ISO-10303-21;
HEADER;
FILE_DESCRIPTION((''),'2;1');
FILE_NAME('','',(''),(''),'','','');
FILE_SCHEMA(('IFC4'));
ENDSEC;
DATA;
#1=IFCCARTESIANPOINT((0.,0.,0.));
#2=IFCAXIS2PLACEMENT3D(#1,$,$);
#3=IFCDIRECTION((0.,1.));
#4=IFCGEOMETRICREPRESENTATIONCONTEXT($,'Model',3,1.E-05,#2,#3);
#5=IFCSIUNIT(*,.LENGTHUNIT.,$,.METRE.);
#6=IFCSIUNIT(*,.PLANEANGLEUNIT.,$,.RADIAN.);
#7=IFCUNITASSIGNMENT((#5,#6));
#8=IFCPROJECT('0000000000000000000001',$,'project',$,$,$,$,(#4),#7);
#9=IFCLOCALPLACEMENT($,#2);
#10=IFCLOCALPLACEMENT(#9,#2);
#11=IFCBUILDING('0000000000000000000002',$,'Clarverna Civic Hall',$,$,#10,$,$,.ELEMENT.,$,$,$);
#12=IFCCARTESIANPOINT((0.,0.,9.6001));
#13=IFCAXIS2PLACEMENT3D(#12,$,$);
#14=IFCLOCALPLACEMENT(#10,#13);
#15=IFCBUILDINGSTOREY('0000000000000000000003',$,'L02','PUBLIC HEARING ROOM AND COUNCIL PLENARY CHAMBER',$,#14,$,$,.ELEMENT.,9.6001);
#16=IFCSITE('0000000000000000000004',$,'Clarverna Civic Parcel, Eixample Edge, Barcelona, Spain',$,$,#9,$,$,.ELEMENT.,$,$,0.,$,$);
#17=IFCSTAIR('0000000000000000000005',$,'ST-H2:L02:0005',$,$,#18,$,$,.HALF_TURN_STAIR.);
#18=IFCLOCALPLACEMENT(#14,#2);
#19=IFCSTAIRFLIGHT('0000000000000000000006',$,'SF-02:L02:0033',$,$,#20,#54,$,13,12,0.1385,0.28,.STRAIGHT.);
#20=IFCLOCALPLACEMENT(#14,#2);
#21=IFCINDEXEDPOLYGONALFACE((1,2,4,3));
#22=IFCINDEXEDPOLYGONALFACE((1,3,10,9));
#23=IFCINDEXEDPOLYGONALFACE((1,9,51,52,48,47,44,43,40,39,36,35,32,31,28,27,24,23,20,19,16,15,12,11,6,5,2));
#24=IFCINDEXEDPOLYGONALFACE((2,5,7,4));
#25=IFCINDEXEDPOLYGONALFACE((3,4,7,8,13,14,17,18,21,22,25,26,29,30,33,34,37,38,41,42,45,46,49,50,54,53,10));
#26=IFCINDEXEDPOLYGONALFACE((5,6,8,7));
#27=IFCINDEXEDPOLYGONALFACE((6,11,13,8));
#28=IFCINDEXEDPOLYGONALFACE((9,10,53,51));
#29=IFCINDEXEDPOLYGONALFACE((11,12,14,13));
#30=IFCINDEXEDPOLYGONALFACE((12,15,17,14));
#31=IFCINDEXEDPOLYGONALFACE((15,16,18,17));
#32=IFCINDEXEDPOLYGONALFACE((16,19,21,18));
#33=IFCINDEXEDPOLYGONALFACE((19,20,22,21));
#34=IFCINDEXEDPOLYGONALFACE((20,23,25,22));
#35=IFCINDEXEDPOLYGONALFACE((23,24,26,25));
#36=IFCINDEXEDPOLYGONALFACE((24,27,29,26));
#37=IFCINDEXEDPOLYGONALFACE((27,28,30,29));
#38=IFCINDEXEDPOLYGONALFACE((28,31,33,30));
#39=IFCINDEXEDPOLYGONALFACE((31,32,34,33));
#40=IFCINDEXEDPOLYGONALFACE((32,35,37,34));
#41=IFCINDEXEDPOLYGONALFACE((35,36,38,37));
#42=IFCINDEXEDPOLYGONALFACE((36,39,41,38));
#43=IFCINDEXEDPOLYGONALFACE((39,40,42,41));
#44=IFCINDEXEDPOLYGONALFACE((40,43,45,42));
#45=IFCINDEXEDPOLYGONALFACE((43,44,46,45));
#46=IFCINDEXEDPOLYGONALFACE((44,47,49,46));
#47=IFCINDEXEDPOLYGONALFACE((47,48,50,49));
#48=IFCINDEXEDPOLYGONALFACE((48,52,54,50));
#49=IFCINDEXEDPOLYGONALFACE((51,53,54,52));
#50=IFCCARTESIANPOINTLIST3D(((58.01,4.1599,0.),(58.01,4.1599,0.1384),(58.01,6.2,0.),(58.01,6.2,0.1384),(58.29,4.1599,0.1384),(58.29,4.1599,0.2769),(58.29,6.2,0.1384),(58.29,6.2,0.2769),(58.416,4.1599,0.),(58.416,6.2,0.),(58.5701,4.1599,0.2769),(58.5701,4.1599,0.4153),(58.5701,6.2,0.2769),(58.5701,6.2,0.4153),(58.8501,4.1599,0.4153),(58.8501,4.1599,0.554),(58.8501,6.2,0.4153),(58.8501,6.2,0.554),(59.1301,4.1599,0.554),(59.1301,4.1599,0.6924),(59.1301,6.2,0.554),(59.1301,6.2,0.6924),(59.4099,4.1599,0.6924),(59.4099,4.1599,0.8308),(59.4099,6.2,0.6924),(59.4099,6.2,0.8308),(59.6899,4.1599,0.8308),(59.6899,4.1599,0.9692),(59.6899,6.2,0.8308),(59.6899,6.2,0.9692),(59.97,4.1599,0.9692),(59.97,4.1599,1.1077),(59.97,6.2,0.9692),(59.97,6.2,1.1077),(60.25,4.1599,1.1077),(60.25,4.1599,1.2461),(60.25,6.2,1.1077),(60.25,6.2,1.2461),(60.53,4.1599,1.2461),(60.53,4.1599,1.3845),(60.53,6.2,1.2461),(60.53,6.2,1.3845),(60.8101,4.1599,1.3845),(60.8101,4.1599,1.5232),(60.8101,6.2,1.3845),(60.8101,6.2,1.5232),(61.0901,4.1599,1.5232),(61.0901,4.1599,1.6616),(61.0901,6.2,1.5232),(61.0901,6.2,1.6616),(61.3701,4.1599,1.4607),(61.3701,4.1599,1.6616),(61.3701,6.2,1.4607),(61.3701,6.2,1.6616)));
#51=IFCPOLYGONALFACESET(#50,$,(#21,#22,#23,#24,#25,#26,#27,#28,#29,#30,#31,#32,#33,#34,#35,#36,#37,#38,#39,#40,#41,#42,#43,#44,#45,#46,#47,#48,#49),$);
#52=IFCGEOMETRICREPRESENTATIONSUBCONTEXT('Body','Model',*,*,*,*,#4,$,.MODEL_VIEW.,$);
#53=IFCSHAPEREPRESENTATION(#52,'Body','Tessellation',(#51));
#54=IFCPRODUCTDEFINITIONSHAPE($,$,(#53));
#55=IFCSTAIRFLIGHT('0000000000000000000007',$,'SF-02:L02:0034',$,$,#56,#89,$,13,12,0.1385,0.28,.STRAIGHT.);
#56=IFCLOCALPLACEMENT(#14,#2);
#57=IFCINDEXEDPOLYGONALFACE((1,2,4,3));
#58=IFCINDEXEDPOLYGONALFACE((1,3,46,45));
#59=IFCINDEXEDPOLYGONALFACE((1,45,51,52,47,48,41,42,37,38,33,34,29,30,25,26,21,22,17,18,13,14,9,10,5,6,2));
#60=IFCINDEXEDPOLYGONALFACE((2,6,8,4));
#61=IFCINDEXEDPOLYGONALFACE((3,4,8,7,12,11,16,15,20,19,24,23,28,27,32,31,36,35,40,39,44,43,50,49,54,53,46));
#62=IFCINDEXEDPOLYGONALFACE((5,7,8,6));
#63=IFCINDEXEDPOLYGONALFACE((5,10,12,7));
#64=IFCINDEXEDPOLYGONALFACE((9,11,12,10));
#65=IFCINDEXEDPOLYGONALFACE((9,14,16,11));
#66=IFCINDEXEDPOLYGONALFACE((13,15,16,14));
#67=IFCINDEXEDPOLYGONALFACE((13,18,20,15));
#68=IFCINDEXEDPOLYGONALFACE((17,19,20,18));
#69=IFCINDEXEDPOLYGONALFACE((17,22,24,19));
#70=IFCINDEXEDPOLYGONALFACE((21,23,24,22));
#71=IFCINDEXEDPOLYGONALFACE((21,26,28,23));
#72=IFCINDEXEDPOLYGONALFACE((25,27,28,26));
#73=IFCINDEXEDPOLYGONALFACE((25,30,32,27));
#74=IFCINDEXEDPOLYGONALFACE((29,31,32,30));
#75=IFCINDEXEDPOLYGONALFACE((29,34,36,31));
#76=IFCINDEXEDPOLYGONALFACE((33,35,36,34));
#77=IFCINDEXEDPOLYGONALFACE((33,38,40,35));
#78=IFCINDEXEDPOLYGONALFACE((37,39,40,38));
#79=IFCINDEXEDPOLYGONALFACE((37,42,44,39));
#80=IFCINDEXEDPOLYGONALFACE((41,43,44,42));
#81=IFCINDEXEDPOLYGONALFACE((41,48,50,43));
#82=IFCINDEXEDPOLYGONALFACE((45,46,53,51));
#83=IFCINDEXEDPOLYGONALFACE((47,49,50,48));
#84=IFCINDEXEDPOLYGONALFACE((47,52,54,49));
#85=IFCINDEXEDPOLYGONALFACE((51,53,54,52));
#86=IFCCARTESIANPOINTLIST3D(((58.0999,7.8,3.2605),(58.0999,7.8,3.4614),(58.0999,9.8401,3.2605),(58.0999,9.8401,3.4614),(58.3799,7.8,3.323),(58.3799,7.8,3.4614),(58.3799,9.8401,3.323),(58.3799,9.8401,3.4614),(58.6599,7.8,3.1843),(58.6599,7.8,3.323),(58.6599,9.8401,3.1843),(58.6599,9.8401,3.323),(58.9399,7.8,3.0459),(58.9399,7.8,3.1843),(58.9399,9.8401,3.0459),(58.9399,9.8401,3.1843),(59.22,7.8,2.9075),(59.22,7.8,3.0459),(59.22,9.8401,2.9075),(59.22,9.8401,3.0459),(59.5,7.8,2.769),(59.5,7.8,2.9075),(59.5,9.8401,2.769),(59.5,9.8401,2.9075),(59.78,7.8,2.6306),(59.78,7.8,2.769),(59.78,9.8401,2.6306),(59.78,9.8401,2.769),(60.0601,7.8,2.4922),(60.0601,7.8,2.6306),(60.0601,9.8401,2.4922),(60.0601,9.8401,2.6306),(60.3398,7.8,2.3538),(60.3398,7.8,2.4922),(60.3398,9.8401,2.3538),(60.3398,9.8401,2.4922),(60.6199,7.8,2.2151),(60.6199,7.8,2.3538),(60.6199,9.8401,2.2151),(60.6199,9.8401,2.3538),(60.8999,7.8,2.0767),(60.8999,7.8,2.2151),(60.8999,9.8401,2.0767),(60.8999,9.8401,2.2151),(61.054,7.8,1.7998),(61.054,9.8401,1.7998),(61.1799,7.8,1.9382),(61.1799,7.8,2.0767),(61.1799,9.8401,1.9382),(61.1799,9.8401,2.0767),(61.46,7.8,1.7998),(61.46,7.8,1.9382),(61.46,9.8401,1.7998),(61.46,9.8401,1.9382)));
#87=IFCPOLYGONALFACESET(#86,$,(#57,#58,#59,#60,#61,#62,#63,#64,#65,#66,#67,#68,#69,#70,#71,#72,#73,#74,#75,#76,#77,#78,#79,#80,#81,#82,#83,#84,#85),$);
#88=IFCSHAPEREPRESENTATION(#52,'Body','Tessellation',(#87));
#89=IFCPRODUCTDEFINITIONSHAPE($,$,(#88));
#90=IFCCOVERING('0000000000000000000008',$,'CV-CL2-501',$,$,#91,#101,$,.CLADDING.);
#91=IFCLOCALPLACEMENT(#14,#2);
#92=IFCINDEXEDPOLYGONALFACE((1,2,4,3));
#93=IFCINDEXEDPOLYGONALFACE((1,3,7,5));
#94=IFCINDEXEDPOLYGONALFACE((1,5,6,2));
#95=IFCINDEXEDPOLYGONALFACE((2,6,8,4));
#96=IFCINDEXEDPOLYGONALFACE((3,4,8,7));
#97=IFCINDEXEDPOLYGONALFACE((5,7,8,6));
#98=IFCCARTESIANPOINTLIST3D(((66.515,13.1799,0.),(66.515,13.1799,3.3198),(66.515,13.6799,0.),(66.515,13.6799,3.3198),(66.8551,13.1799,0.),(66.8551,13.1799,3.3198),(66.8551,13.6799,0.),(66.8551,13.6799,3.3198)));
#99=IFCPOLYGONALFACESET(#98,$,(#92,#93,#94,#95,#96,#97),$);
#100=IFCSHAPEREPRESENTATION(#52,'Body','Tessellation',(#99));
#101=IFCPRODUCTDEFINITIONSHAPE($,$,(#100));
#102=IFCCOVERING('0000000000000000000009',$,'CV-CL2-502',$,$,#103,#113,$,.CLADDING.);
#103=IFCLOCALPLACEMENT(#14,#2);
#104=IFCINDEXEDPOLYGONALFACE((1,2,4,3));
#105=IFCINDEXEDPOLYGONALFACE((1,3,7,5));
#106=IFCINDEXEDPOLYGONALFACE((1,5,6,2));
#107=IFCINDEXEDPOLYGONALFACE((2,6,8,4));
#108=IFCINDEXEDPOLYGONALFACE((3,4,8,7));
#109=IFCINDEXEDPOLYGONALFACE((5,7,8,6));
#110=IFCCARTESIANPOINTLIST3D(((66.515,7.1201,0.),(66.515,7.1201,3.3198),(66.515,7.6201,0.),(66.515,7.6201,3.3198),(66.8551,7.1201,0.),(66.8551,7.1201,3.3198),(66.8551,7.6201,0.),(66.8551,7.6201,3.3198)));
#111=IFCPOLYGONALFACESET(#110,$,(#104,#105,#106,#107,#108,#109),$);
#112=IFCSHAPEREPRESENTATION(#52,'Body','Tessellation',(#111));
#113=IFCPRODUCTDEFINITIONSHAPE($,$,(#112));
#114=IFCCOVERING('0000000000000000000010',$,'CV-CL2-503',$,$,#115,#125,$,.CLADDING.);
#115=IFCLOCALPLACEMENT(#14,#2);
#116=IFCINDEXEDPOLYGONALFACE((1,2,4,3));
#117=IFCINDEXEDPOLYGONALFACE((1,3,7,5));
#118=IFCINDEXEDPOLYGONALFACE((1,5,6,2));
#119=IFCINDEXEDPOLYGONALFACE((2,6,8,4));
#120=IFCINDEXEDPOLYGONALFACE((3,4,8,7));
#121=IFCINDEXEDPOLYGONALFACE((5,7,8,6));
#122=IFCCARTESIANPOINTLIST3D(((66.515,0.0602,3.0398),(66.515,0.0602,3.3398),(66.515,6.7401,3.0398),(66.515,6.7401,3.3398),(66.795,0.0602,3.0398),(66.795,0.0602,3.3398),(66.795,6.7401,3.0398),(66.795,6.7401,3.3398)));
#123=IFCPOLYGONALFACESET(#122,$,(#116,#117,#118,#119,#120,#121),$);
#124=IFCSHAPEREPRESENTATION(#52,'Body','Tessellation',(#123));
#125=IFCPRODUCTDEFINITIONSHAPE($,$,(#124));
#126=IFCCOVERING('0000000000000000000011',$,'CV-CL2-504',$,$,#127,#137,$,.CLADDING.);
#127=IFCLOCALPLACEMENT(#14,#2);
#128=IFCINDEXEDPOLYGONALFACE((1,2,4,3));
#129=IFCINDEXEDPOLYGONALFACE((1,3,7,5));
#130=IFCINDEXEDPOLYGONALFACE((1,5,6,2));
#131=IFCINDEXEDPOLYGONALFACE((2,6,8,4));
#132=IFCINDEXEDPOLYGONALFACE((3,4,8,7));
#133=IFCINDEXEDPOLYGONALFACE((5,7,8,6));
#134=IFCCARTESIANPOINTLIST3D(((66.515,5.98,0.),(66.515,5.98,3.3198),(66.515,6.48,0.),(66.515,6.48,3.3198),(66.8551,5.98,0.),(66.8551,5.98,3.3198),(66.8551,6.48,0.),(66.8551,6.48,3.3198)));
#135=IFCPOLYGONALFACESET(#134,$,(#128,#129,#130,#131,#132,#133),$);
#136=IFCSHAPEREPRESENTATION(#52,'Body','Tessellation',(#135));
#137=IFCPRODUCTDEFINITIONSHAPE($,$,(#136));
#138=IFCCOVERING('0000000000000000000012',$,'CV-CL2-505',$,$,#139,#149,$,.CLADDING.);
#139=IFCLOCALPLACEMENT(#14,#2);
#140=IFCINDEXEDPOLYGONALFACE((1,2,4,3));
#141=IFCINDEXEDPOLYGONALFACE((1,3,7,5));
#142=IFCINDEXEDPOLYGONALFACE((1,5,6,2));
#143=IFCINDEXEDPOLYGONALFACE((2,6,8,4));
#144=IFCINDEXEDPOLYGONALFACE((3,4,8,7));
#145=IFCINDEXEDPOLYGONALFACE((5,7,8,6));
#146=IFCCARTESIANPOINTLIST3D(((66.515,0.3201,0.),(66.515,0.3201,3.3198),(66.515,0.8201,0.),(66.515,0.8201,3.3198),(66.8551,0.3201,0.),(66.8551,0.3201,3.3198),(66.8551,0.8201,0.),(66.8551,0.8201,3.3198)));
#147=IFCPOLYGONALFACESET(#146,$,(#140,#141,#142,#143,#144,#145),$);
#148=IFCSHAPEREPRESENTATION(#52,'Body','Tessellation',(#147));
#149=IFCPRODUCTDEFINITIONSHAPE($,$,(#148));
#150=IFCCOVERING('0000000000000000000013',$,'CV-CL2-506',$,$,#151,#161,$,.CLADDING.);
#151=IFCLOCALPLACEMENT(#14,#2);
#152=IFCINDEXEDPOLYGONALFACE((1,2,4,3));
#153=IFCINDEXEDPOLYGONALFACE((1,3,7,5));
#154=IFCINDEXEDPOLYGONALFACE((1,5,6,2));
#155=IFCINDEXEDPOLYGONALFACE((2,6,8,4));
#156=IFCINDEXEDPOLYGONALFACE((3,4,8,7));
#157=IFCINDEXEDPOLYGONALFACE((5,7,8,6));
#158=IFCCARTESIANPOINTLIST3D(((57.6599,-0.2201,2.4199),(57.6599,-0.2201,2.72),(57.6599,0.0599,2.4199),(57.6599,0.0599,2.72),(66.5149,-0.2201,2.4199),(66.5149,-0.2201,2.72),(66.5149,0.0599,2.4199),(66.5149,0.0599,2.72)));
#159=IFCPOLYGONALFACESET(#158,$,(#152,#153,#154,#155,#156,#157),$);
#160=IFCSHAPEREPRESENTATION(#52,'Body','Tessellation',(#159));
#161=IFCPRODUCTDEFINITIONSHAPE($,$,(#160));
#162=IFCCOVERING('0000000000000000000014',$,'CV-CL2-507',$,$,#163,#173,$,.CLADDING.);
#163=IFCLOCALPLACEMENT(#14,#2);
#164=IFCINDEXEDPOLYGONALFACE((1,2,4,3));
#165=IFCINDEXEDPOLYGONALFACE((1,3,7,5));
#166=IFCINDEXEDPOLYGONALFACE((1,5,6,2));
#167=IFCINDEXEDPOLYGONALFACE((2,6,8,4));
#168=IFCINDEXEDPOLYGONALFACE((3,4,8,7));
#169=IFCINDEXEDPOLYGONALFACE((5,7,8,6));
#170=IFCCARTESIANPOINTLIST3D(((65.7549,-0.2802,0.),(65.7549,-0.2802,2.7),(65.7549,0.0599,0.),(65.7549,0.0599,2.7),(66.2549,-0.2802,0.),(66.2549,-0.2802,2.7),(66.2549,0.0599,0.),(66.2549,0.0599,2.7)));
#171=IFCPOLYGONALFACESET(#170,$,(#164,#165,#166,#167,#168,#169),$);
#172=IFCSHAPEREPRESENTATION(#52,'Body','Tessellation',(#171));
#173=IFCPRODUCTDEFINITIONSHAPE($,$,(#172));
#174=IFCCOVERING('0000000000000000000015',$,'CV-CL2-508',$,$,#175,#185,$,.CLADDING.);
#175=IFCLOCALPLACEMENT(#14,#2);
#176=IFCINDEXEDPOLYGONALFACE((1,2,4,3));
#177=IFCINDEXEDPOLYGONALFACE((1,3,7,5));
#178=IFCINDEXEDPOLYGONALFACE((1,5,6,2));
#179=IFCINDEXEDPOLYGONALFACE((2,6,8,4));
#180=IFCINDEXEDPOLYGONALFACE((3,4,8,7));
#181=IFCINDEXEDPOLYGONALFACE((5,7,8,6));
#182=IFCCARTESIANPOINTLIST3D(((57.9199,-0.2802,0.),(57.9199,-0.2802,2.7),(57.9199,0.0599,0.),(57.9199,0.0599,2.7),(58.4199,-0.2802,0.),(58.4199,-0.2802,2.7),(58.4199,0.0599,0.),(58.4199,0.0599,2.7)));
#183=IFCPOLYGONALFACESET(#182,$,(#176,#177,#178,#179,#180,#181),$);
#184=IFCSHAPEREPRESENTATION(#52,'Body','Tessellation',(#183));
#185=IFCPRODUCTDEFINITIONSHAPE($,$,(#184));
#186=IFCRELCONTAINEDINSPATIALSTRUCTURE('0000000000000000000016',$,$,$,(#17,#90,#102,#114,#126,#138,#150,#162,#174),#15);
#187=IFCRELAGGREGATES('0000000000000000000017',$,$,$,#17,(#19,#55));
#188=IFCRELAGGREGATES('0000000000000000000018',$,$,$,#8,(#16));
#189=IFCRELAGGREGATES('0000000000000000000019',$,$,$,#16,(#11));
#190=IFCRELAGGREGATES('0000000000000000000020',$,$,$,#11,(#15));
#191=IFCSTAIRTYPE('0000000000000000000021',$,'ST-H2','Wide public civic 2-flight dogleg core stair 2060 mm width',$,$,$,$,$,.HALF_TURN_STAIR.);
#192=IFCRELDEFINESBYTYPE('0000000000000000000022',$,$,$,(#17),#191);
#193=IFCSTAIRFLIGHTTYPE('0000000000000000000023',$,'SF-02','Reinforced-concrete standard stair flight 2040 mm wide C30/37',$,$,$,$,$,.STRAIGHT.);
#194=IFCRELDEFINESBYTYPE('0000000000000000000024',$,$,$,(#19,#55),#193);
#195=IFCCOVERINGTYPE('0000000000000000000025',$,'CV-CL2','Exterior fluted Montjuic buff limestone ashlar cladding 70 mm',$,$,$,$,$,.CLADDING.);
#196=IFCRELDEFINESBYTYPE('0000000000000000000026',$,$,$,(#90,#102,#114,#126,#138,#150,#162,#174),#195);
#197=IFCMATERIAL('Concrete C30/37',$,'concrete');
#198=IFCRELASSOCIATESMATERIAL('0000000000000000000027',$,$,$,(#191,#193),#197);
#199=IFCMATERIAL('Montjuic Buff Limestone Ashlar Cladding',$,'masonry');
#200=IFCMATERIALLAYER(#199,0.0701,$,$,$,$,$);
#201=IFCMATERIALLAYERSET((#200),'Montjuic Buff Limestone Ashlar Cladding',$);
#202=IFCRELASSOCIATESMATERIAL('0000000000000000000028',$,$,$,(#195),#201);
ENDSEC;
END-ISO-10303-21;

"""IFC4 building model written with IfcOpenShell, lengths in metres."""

from ifc_helpers import new_model, si_unit, direction, frame, frame_2d, origin, place, context, subcontext, project, spatial, polyline, rectangle, outline, extrude, material, layer, layer_set, type_object, element, aggregate, save


model = new_model("IFC4")

# Units and contexts
model_context = context("Model", 3, precision=1e-05, world=origin(), true_north=direction((0.0, 1.0)))
body_context = subcontext(model_context, "Body", "Model", "MODEL_VIEW")
ifc_project = project(units=[si_unit("LENGTHUNIT", "METRE"), si_unit("PLANEANGLEUNIT", "RADIAN")], contexts=[model_context])

# Site, building, storey
site_placement = place(None, origin())
site = spatial("IfcSite", under=ifc_project, at=site_placement, Name="Clarverna Civic Parcel, Eixample Edge, Barcelona, Spain", CompositionType="ELEMENT", RefElevation=0.0)
building_placement = place(site_placement, origin())
building = spatial("IfcBuilding", under=site, at=building_placement, Name="Clarverna Civic Hall", CompositionType="ELEMENT")
storey_placement = place(building_placement, frame((0.0, 0.0, 9.6001)))
storey = spatial("IfcBuildingStorey", under=building, at=storey_placement, Name="L02", Description="PUBLIC HEARING ROOM AND COUNCIL PLENARY CHAMBER", CompositionType="ELEMENT", Elevation=9.6001)

# Stair, stair flights
ifc_material_1 = material(Name="Concrete C30/37", Category="concrete")
stair_type = type_object("IfcStairType", Name="ST-H2", Description="Wide public civic 2-flight dogleg core stair 2060 mm width", PredefinedType="HALF_TURN_STAIR", material=ifc_material_1)
stair_placement = place(storey_placement, origin())
stair = element("IfcStair", 1, at=stair_placement, inside=storey, type_object=stair_type, Name="ST-H2:L02:0005", PredefinedType="HALF_TURN_STAIR")
stair_flight_type = type_object("IfcStairFlightType", Name="SF-02", Description="Reinforced-concrete standard stair flight 2040 mm wide C30/37", PredefinedType="STRAIGHT", material=ifc_material_1)
stair_flight_1_placement = place(storey_placement, frame((58.01, 5.1799, 0.0), z_axis=(0.0, 0.0, 1.0), x_axis=(1.0, 0.0, 0.0)))
stair_flight_1 = element("IfcStairFlight", 2, at=stair_flight_1_placement, type_object=stair_flight_type, Name="SF-02:L02:0033", NumberOfRisers=13, NumberOfTreads=12, PredefinedType="STRAIGHT", RiserHeight=0.1385, TreadLength=0.28, context=body_context, shape_type="SweptSolid", body=[
    extrude(outline(polyline([(0.0, 0.0), (0.0, 0.1384), (0.28, 0.1384), (0.28, 0.2769), (0.5601, 0.2769), (0.5601, 0.4153), (0.8401, 0.4153), (0.8401, 0.554), (1.1201, 0.554), (1.1201, 0.6924), (1.3999, 0.6924), (1.3999, 0.8308), (1.6799, 0.8308), (1.6799, 0.9692), (1.96, 0.9692), (1.96, 1.1077), (2.24, 1.1077), (2.24, 1.2461), (2.52, 1.2461), (2.52, 1.3845), (2.8, 1.3845), (2.8, 1.5232), (3.0801, 1.5232), (3.0801, 1.6616), (3.3601, 1.6616), (3.3601, 1.8), (3.3601, 1.4607), (0.406, 0.0), (0.0, 0.0)])), frame((0.0, 1.02, 0.0), z_axis=(0.0, -1.0, 0.0), x_axis=(1.0, 0.0, 0.0)), (0.0, 0.0, 1.0), 2.04),
])
stair_flight_2_placement = place(storey_placement, frame((61.46, 8.8201, 1.7998), z_axis=(0.0, 0.0, 1.0), x_axis=(-1.0, 0.0, 0.0)))
stair_flight_2 = element("IfcStairFlight", 3, at=stair_flight_2_placement, type_object=stair_flight_type, Name="SF-02:L02:0034", NumberOfRisers=13, NumberOfTreads=12, PredefinedType="STRAIGHT", RiserHeight=0.1385, TreadLength=0.28, context=body_context, shape_type="SweptSolid", body=[
    extrude(outline(polyline([(0.0, 0.0), (0.0, 0.1384), (0.28, 0.1384), (0.28, 0.2769), (0.5601, 0.2769), (0.5601, 0.4153), (0.8401, 0.4153), (0.8401, 0.554), (1.1201, 0.554), (1.1201, 0.6924), (1.3999, 0.6924), (1.3999, 0.8308), (1.6799, 0.8308), (1.6799, 0.9692), (1.96, 0.9692), (1.96, 1.1077), (2.24, 1.1077), (2.24, 1.2461), (2.52, 1.2461), (2.52, 1.3845), (2.8, 1.3845), (2.8, 1.5232), (3.0801, 1.5232), (3.0801, 1.6616), (3.3601, 1.6616), (3.3601, 1.8), (3.3601, 1.4607), (0.406, 0.0), (0.0, 0.0)])), frame((0.0, 1.02, 0.0), z_axis=(0.0, -1.0, 0.0), x_axis=(1.0, 0.0, 0.0)), (0.0, 0.0, 1.0), 2.04),
])
aggregate(stair, [stair_flight_1, stair_flight_2])

# Coverings
ifc_material_2 = material(Name="Montjuic Buff Limestone Ashlar Cladding", Category="masonry")
ifc_layer_1 = layer(ifc_material_2, 0.0701)
ifc_layer_set_1 = layer_set([ifc_layer_1], Name="Montjuic Buff Limestone Ashlar Cladding")
covering_type = type_object("IfcCoveringType", Name="CV-CL2", Description="Exterior fluted Montjuic buff limestone ashlar cladding 70 mm", PredefinedType="CLADDING", material=ifc_layer_set_1)
for number, where, z_axis, x_axis, name in (
    (4, (66.6851, 13.6799, 0.0), (0.0, 0.0, 1.0), (0.0, -1.0, 0.0), "CV-CL2-501"),
    (5, (66.6851, 7.6201, 0.0), (0.0, 0.0, 1.0), (0.0, -1.0, 0.0), "CV-CL2-502"),
):
    element("IfcCovering", number, at=place(storey_placement, frame(where, z_axis=z_axis, x_axis=x_axis)), inside=storey, type_object=covering_type, Name=name, PredefinedType="CLADDING", context=body_context, shape_type="SweptSolid", body=[
        extrude(rectangle(XDim=0.5, YDim=0.3401, at=frame_2d((0.25, 0.0))), origin(), (0.0, 0.0, 1.0), 3.3198),
    ])
covering_1_placement = place(storey_placement, frame((66.655, 6.74, 3.0398), z_axis=(0.0, 0.0, 1.0), x_axis=(0.0, -1.0, 0.0)))
element("IfcCovering", 6, at=covering_1_placement, inside=storey, type_object=covering_type, Name="CV-CL2-503", PredefinedType="CLADDING", context=body_context, shape_type="SweptSolid", body=[
    extrude(rectangle(XDim=6.6799, YDim=0.28, at=frame_2d((3.3398, 0.0))), origin(), (0.0, 0.0, 1.0), 0.3),
])
for number, where, z_axis, x_axis, name in (
    (7, (66.6851, 6.48, 0.0), (0.0, 0.0, 1.0), (0.0, -1.0, 0.0), "CV-CL2-504"),
    (8, (66.6851, 0.8201, 0.0), (0.0, 0.0, 1.0), (0.0, -1.0, 0.0), "CV-CL2-505"),
):
    element("IfcCovering", number, at=place(storey_placement, frame(where, z_axis=z_axis, x_axis=x_axis)), inside=storey, type_object=covering_type, Name=name, PredefinedType="CLADDING", context=body_context, shape_type="SweptSolid", body=[
        extrude(rectangle(XDim=0.5, YDim=0.3401, at=frame_2d((0.25, 0.0))), origin(), (0.0, 0.0, 1.0), 3.3198),
    ])
covering_2_placement = place(storey_placement, frame((66.5149, -0.0801, 2.4199), z_axis=(0.0, 0.0, 1.0), x_axis=(-1.0, 0.0, 0.0)))
element("IfcCovering", 9, at=covering_2_placement, inside=storey, type_object=covering_type, Name="CV-CL2-506", PredefinedType="CLADDING", context=body_context, shape_type="SweptSolid", body=[
    extrude(rectangle(XDim=8.855, YDim=0.28, at=frame_2d((4.4275, 0.0))), origin(), (0.0, 0.0, 1.0), 0.3),
])
for number, where, z_axis, x_axis, name in (
    (10, (66.2549, -0.1101, 0.0), (0.0, 0.0, 1.0), (-1.0, 0.0, 0.0), "CV-CL2-507"),
    (11, (58.4199, -0.1101, 0.0), (0.0, 0.0, 1.0), (-1.0, 0.0, 0.0), "CV-CL2-508"),
):
    element("IfcCovering", number, at=place(storey_placement, frame(where, z_axis=z_axis, x_axis=x_axis)), inside=storey, type_object=covering_type, Name=name, PredefinedType="CLADDING", context=body_context, shape_type="SweptSolid", body=[
        extrude(rectangle(XDim=0.5, YDim=0.3401, at=frame_2d((0.25, 0.0))), origin(), (0.0, 0.0, 1.0), 2.7),
    ])

save(model, "model.ifc")
